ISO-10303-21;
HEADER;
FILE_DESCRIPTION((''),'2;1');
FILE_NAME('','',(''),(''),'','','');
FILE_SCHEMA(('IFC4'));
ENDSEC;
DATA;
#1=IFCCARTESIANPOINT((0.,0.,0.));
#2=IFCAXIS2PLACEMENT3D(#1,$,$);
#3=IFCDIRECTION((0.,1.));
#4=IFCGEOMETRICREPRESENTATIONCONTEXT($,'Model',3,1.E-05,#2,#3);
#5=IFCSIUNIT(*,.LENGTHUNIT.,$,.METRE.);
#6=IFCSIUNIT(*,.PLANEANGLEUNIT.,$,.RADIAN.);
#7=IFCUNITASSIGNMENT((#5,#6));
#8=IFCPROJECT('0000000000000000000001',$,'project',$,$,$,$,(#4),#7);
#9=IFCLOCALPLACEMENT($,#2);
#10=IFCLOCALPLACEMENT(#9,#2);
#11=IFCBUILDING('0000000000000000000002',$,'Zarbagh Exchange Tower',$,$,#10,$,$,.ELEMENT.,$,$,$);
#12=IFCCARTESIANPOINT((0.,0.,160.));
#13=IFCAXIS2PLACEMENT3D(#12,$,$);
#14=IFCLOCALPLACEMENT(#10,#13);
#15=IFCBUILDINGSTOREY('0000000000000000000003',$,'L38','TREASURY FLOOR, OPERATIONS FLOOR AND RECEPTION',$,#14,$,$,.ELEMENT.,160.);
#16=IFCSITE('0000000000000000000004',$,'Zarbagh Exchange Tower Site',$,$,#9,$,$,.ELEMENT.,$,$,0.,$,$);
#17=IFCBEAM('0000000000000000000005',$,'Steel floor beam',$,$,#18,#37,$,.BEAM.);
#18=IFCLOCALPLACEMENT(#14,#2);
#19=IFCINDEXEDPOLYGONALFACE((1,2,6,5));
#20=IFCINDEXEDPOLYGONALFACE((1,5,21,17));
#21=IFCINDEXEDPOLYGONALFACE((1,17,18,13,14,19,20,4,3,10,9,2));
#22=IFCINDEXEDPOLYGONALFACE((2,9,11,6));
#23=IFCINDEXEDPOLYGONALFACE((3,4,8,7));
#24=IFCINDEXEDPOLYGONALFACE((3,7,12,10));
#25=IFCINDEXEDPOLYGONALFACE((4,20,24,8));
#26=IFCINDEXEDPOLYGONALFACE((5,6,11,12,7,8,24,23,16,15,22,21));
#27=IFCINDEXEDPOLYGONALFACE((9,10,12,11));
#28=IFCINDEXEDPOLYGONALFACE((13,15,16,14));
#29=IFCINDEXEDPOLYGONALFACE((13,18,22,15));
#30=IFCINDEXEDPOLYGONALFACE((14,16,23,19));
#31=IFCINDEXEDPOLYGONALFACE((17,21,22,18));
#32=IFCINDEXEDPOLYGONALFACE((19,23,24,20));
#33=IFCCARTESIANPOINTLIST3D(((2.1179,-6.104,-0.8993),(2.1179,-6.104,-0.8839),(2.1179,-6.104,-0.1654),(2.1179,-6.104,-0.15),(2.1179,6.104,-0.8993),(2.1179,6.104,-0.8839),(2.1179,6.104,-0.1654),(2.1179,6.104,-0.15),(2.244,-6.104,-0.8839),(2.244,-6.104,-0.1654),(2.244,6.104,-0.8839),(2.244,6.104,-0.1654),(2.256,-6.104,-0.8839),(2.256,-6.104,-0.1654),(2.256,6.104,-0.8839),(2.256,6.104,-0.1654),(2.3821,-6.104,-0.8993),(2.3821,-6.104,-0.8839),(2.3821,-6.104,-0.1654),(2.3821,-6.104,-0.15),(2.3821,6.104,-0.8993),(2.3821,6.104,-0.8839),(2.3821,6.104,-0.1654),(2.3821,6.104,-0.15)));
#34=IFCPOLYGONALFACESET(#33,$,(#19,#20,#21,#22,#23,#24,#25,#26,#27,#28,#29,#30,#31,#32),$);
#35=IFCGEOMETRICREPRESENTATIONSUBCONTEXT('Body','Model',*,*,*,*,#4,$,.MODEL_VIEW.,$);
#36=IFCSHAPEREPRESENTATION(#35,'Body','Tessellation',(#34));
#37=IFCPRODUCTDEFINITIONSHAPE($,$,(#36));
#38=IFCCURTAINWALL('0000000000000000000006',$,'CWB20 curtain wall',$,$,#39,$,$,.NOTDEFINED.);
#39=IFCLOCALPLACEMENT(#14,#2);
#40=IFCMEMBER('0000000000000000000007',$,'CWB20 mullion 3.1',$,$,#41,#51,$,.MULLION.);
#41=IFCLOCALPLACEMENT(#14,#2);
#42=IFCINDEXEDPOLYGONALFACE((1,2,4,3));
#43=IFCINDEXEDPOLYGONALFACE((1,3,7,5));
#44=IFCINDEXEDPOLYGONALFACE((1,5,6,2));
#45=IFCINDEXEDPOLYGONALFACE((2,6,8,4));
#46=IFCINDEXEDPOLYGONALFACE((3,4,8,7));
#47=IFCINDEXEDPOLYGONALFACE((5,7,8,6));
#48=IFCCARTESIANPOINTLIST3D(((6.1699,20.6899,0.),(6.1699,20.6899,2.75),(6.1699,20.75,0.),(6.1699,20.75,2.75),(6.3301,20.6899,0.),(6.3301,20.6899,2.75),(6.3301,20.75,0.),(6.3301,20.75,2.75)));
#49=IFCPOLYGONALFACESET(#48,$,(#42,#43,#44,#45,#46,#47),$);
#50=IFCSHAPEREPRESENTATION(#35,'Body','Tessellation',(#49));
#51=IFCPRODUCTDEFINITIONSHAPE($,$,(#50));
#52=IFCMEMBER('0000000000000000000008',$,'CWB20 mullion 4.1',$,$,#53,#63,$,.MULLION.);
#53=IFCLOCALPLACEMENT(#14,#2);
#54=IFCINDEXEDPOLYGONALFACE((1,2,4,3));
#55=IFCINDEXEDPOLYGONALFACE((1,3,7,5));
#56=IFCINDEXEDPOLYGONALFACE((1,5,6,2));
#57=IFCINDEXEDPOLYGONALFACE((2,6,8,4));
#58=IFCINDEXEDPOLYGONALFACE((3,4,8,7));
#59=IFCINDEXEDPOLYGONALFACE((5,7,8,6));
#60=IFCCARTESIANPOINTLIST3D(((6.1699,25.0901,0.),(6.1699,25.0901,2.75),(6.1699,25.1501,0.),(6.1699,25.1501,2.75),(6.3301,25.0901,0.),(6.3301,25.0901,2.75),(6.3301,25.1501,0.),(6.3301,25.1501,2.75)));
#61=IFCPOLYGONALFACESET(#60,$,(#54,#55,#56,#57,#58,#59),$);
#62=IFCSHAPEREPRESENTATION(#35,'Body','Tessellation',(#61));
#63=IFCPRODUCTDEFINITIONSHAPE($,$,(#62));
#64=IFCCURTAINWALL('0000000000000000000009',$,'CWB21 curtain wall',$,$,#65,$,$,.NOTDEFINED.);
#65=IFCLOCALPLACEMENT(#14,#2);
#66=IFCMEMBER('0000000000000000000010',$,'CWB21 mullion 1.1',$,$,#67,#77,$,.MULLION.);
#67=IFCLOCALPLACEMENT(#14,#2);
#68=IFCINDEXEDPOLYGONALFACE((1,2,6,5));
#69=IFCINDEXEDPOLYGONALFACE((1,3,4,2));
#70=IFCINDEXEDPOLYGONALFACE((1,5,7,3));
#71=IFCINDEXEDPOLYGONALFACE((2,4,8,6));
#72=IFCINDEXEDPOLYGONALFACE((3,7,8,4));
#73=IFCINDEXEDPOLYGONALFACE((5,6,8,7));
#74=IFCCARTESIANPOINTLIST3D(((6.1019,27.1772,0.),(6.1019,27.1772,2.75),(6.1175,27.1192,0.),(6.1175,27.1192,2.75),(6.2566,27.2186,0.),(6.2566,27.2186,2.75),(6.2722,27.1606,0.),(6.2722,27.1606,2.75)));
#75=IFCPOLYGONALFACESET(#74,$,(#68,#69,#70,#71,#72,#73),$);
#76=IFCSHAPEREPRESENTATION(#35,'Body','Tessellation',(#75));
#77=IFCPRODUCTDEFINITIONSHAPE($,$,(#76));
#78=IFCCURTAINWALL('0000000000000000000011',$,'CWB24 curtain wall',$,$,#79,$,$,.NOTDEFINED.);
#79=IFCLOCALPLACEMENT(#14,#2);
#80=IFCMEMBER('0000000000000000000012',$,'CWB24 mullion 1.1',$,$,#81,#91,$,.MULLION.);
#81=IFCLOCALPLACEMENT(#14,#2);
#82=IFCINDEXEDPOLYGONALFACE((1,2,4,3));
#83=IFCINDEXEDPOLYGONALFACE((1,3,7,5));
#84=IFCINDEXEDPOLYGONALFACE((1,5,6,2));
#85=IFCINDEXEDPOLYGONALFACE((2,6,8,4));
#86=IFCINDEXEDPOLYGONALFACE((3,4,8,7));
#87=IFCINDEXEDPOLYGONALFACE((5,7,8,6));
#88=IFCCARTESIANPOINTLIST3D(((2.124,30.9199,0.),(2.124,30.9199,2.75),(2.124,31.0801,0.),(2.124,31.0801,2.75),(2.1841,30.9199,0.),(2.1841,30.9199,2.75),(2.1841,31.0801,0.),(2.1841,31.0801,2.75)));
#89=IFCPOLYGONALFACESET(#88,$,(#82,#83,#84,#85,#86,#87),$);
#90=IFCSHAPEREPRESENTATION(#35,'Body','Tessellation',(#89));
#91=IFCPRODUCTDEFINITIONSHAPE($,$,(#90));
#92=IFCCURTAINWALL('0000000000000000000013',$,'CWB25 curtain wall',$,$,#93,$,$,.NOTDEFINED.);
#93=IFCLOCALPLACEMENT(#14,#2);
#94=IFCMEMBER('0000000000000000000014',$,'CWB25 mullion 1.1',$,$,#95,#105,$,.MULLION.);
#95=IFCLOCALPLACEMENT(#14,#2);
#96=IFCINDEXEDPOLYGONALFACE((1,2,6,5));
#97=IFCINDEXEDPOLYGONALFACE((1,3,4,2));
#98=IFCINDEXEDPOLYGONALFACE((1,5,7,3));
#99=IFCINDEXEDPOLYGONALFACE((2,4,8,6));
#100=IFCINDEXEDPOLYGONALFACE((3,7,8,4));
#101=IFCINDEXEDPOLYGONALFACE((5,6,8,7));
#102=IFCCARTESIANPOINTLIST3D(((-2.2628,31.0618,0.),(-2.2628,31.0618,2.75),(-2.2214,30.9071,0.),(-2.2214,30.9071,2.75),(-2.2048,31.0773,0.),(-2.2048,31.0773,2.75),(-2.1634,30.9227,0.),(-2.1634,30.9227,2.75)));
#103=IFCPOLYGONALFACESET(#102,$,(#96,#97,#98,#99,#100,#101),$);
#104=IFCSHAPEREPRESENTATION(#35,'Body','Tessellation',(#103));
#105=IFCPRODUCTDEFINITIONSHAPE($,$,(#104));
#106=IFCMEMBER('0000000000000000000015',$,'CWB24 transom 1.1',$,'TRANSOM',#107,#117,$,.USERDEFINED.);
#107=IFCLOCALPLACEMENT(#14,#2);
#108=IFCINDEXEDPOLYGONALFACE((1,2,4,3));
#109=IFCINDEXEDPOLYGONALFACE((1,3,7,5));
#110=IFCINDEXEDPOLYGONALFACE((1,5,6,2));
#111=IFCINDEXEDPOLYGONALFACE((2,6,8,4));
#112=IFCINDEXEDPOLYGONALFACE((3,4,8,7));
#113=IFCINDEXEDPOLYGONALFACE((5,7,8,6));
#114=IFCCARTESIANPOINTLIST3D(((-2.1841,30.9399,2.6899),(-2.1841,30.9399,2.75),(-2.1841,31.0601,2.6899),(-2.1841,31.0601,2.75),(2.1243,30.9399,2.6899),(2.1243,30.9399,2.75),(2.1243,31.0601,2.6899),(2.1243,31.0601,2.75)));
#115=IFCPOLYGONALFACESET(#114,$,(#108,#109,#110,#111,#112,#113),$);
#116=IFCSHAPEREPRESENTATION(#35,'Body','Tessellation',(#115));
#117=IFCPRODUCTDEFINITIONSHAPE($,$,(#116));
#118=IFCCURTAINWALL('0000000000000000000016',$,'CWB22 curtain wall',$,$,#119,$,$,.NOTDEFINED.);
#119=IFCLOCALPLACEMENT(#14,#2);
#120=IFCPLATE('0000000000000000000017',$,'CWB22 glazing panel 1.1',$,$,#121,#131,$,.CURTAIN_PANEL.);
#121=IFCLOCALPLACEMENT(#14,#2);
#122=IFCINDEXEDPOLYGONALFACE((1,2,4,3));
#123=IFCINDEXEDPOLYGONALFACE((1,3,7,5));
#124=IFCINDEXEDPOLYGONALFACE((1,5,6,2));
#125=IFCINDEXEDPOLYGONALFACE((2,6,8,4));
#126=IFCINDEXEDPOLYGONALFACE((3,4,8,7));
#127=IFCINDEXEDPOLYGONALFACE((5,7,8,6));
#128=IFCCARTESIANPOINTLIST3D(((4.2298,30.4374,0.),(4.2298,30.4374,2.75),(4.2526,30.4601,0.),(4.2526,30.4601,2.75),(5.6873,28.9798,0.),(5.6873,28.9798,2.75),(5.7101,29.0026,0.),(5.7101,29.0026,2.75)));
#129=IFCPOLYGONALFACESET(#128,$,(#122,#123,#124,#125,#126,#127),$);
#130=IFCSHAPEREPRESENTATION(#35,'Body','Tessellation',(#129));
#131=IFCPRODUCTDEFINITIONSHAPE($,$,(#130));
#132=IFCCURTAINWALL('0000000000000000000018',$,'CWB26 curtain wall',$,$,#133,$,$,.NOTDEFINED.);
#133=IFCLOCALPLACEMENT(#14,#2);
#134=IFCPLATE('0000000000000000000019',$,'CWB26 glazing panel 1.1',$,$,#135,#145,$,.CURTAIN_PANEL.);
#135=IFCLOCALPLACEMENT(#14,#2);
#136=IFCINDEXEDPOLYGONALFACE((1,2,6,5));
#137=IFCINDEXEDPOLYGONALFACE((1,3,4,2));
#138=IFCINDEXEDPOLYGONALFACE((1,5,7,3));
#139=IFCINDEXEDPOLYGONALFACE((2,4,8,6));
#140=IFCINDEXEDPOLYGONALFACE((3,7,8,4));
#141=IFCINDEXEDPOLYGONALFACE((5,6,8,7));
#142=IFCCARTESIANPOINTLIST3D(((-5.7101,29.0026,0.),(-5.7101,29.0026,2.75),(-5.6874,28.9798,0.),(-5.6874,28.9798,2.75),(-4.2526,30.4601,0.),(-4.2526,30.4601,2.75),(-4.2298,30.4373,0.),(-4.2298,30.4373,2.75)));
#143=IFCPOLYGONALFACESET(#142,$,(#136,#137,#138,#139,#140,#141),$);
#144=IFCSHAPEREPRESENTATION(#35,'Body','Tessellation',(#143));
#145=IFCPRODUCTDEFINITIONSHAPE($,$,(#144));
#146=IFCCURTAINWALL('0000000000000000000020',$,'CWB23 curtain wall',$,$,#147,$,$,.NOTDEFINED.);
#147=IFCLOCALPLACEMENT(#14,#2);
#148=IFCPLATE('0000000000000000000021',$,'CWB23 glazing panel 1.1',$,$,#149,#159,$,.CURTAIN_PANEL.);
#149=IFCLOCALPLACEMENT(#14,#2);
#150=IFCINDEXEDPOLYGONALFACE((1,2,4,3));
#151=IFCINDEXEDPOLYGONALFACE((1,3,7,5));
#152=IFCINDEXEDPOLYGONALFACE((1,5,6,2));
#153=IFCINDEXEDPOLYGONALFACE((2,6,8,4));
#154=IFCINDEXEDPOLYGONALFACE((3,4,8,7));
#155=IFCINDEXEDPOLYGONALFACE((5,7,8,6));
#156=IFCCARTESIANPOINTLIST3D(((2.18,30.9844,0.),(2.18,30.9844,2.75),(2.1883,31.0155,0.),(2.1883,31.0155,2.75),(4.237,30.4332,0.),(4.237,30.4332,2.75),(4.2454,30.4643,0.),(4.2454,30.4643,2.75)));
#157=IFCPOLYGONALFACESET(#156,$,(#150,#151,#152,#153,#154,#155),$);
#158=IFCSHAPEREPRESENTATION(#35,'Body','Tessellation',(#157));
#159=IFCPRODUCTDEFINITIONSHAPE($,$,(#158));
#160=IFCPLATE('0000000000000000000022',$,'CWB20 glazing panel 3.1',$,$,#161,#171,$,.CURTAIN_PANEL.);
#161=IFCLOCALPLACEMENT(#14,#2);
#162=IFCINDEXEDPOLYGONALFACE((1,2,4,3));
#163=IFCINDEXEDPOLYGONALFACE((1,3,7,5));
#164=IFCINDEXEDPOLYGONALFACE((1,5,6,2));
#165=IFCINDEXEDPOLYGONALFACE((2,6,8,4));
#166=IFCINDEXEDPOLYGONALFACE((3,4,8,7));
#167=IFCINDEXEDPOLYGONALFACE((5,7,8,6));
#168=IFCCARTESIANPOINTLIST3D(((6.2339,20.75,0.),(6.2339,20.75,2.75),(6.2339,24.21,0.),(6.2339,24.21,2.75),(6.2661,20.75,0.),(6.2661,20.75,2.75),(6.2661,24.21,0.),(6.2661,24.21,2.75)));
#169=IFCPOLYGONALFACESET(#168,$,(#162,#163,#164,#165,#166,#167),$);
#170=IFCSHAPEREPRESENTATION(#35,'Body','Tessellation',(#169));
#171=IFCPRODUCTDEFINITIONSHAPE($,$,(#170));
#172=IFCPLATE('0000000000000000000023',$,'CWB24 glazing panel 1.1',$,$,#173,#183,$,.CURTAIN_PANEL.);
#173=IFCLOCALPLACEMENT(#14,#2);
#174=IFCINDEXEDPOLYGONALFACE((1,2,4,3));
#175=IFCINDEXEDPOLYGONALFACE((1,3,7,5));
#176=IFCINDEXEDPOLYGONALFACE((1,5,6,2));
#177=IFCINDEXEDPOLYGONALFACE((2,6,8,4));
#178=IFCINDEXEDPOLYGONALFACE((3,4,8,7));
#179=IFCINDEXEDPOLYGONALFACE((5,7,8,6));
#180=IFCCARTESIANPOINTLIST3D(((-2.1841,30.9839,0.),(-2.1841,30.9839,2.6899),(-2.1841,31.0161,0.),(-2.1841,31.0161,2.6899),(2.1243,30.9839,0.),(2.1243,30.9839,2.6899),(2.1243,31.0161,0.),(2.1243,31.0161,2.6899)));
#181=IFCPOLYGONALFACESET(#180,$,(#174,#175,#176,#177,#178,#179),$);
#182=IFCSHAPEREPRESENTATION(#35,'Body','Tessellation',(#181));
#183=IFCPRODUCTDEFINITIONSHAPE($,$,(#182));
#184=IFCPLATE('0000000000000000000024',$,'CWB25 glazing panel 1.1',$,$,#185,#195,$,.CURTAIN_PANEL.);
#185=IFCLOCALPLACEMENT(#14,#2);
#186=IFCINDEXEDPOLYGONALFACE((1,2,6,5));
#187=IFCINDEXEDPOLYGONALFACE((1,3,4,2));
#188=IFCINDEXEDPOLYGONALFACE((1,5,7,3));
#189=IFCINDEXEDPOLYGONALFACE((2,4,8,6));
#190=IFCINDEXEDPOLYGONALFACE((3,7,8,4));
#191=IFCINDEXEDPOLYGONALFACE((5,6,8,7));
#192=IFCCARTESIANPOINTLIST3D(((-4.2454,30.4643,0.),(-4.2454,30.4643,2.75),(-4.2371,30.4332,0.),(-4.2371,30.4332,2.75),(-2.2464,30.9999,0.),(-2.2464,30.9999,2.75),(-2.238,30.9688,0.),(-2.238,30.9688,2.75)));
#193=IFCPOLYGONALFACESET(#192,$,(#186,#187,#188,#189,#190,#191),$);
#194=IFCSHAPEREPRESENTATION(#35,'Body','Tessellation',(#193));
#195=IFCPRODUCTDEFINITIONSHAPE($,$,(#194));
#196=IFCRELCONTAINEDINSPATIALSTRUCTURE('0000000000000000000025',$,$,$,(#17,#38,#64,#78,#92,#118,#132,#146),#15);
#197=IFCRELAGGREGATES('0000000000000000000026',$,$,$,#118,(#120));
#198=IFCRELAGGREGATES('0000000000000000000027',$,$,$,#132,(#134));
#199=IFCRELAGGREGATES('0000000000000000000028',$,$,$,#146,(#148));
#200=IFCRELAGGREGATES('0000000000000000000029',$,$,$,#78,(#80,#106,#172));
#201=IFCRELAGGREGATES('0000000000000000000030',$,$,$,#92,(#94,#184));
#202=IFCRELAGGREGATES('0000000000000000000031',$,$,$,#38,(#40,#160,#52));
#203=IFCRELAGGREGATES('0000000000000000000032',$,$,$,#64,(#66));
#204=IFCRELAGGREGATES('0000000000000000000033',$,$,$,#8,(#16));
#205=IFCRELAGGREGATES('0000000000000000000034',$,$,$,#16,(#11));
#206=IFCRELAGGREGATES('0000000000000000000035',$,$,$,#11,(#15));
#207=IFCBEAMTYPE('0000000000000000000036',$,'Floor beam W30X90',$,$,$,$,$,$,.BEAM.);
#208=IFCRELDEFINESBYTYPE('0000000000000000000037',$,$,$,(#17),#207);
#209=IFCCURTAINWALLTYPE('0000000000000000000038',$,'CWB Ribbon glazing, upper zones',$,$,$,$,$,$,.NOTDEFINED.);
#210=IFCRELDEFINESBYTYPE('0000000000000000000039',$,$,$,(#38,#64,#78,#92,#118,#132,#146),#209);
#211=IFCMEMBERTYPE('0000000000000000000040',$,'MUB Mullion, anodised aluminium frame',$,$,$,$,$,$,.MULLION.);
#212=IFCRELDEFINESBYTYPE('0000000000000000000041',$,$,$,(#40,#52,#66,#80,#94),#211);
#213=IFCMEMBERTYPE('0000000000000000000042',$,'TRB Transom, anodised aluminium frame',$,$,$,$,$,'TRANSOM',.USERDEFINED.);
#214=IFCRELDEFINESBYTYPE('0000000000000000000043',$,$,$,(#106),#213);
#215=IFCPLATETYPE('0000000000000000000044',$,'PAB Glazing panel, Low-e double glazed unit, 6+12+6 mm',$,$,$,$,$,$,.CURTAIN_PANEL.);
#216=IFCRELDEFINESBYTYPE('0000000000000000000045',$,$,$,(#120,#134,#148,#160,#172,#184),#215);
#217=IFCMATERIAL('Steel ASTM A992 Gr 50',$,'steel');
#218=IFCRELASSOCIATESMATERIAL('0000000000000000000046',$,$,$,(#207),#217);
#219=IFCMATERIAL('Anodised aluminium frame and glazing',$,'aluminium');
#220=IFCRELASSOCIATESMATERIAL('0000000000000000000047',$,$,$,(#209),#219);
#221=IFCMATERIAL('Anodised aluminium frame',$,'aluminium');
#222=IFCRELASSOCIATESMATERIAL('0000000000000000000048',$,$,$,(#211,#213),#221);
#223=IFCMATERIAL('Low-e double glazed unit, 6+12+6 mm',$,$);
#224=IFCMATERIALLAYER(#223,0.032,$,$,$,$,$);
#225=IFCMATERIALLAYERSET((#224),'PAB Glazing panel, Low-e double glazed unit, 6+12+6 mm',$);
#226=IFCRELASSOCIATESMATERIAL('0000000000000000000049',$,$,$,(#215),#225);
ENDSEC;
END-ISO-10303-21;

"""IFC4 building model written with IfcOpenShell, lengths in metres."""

from ifc_helpers import new_model, si_unit, direction, frame, origin, origin_2d, place, context, subcontext, project, spatial, polyline, i_section, outline, extrude, source, transform, mapped, material, layer, layer_set, material_profile, profile_set, type_object, element, aggregate, save


model = new_model("IFC4")

# Units and contexts
model_context = context("Model", 3, precision=1e-05, world=origin(), true_north=direction((0.0, 1.0)))
body_context = subcontext(model_context, "Body", "Model", "MODEL_VIEW")
ifc_project = project(units=[si_unit("LENGTHUNIT", "METRE"), si_unit("PLANEANGLEUNIT", "RADIAN")], contexts=[model_context])

# Site, building, storey
site_placement = place(None, origin())
site = spatial("IfcSite", under=ifc_project, at=site_placement, Name="Zarbagh Exchange Tower Site", CompositionType="ELEMENT", RefElevation=0.0)
building_placement = place(site_placement, origin())
building = spatial("IfcBuilding", under=site, at=building_placement, Name="Zarbagh Exchange Tower", CompositionType="ELEMENT")
storey_placement = place(building_placement, frame((0.0, 0.0, 160.0)))
storey = spatial("IfcBuildingStorey", under=building, at=storey_placement, Name="L38", Description="TREASURY FLOOR, OPERATIONS FLOOR AND RECEPTION", CompositionType="ELEMENT", Elevation=160.0)

# Beam
ifc_material_1 = material(Name="Steel ASTM A992 Gr 50", Category="steel")
ifc_material_profile = material_profile(ifc_material_1, i_section(OverallWidth=0.2642, OverallDepth=0.7493, WebThickness=0.012, FlangeThickness=0.0154, at=origin_2d()), Name="W30X90")
ifc_profile_set = profile_set([ifc_material_profile], Name="Steel ASTM A992 Gr 50")
beam_type = type_object("IfcBeamType", Name="Floor beam W30X90", PredefinedType="BEAM", material=ifc_profile_set)
beam_placement = place(storey_placement, frame((2.25, -6.104, -0.5247), z_axis=(0.0, 1.0, 0.0), x_axis=(-1.0, 0.0, 0.0)))
element("IfcBeam", 1, at=beam_placement, inside=storey, type_object=beam_type, Name="Steel floor beam", PredefinedType="BEAM", context=body_context, shape_type="SweptSolid", body=[
    extrude(i_section(OverallWidth=0.2642, OverallDepth=0.7493, WebThickness=0.012, FlangeThickness=0.0154, at=origin_2d()), origin(), (0.0, 0.0, 1.0), 12.208),
])

# Curtain wall, members
ifc_material_2 = material(Name="Anodised aluminium frame and glazing", Category="aluminium")
curtain_wall_type = type_object("IfcCurtainWallType", Name="CWB Ribbon glazing, upper zones", PredefinedType="NOTDEFINED", material=ifc_material_2)
curtain_wall_1_placement = place(storey_placement, origin())
curtain_wall_1 = element("IfcCurtainWall", 2, at=curtain_wall_1_placement, inside=storey, type_object=curtain_wall_type, Name="CWB20 curtain wall", PredefinedType="NOTDEFINED")
ifc_material_3 = material(Name="Anodised aluminium frame", Category="aluminium")
member_type_1 = type_object("IfcMemberType", Name="MUB Mullion, anodised aluminium frame", PredefinedType="MULLION", material=ifc_material_3)
shared_shape_1 = source(origin(), body_context, "Body", "SweptSolid", [
    extrude(outline(polyline([(0.0, -0.0801), (0.0601, -0.0801), (0.0601, 0.0801), (0.0, 0.0801), (0.0, -0.0801)])), origin(), (0.0, 0.0, 1.0), 2.75),
])
placement = place(storey_placement, origin())
member_1 = element("IfcMember", 3, at=placement, type_object=member_type_1, Name="CWB20 mullion 3.1", PredefinedType="MULLION", context=body_context, shape_type="MappedRepresentation", body=[
    mapped(shared_shape_1, transform((6.25, 20.6899, 0.0), x_axis=(0.0, 1.0, 0.0), y_axis=(-1.0, 0.0, 0.0), z_axis=(0.0, 0.0, 1.0))),
])
member_2 = element("IfcMember", 4, at=placement, type_object=member_type_1, Name="CWB20 mullion 4.1", PredefinedType="MULLION", context=body_context, shape_type="MappedRepresentation", body=[
    mapped(shared_shape_1, transform((6.25, 25.0901, 0.0), x_axis=(0.0, 1.0, 0.0), y_axis=(-1.0, 0.0, 0.0), z_axis=(0.0, 0.0, 1.0))),
])

# Curtain walls, members
curtain_wall_2_placement = place(storey_placement, origin())
curtain_wall_2 = element("IfcCurtainWall", 5, at=curtain_wall_2_placement, inside=storey, type_object=curtain_wall_type, Name="CWB21 curtain wall", PredefinedType="NOTDEFINED")
member_3 = element("IfcMember", 6, at=placement, type_object=member_type_1, Name="CWB21 mullion 1.1", PredefinedType="MULLION", context=body_context, shape_type="MappedRepresentation", body=[
    mapped(shared_shape_1, transform((6.1948, 27.1399, 0.0), x_axis=(-0.258825, 0.965924, 0.0), y_axis=(-0.965924, -0.258825, 0.0), z_axis=(0.0, 0.0, 1.0))),
])
curtain_wall_3_placement = place(storey_placement, origin())
curtain_wall_3 = element("IfcCurtainWall", 7, at=curtain_wall_3_placement, inside=storey, type_object=curtain_wall_type, Name="CWB24 curtain wall", PredefinedType="NOTDEFINED")
member_4 = element("IfcMember", 8, at=placement, type_object=member_type_1, Name="CWB24 mullion 1.1", PredefinedType="MULLION", context=body_context, shape_type="MappedRepresentation", body=[
    mapped(shared_shape_1, transform((2.1841, 31.0, 0.0), x_axis=(-1.0, 0.0, 0.0), y_axis=(0.0, -1.0, 0.0), z_axis=(0.0, 0.0, 1.0))),
])
curtain_wall_4_placement = place(storey_placement, origin())
curtain_wall_4 = element("IfcCurtainWall", 9, at=curtain_wall_4_placement, inside=storey, type_object=curtain_wall_type, Name="CWB25 curtain wall", PredefinedType="NOTDEFINED")
member_5 = element("IfcMember", 10, at=placement, type_object=member_type_1, Name="CWB25 mullion 1.1", PredefinedType="MULLION", context=body_context, shape_type="MappedRepresentation", body=[
    mapped(shared_shape_1, transform((-2.1841, 31.0, 0.0), x_axis=(-0.965924, -0.258825, 0.0), y_axis=(0.258825, -0.965924, 0.0), z_axis=(0.0, 0.0, 1.0))),
])

# Member
member_type_2 = type_object("IfcMemberType", Name="TRB Transom, anodised aluminium frame", ElementType="TRANSOM", PredefinedType="USERDEFINED", material=ifc_material_3)
shared_shape_2 = source(origin(), body_context, "Body", "SweptSolid", [
    extrude(outline(polyline([(-0.0601, -0.0601), (0.0, -0.0601), (0.0, 0.0601), (-0.0601, 0.0601), (-0.0601, -0.0601)])), origin(), (0.0, 0.0, 1.0), 4.3083),
])
member_6 = element("IfcMember", 11, at=placement, type_object=member_type_2, Name="CWB24 transom 1.1", ObjectType="TRANSOM", PredefinedType="USERDEFINED", context=body_context, shape_type="MappedRepresentation", body=[
    mapped(shared_shape_2, transform((2.1243, 31.0, 2.75), x_axis=(0.0, 0.0, 1.0), y_axis=(0.0, 1.0, 0.0), z_axis=(-1.0, 0.0, 0.0))),
])

# Curtain walls, plates
curtain_wall_5_placement = place(storey_placement, origin())
curtain_wall_5 = element("IfcCurtainWall", 12, at=curtain_wall_5_placement, inside=storey, type_object=curtain_wall_type, Name="CWB22 curtain wall", PredefinedType="NOTDEFINED")
ifc_material_4 = material(Name="Low-e double glazed unit, 6+12+6 mm")
ifc_layer_1 = layer(ifc_material_4, 0.032)
ifc_layer_set_1 = layer_set([ifc_layer_1], Name="PAB Glazing panel, Low-e double glazed unit, 6+12+6 mm")
plate_type = type_object("IfcPlateType", Name="PAB Glazing panel, Low-e double glazed unit, 6+12+6 mm", PredefinedType="CURTAIN_PANEL", material=ifc_layer_set_1)
shared_shape_3 = source(origin(), body_context, "Body", "SweptSolid", [
    extrude(outline(polyline([(0.0, -0.0161), (2.0613, -0.0161), (2.0613, 0.0161), (0.0, 0.0161), (0.0, -0.0161)])), origin(), (0.0, 0.0, 1.0), 2.75),
])
plate_1 = element("IfcPlate", 13, at=placement, type_object=plate_type, Name="CWB22 glazing panel 1.1", PredefinedType="CURTAIN_PANEL", context=body_context, shape_type="MappedRepresentation", body=[
    mapped(shared_shape_3, transform((5.6987, 28.9912, 0.0), x_axis=(-0.707107, 0.707107, 0.0), y_axis=(-0.707107, -0.707107, 0.0), z_axis=(0.0, 0.0, 1.0))),
])
aggregate(curtain_wall_5, [plate_1])
curtain_wall_6_placement = place(storey_placement, origin())
curtain_wall_6 = element("IfcCurtainWall", 14, at=curtain_wall_6_placement, inside=storey, type_object=curtain_wall_type, Name="CWB26 curtain wall", PredefinedType="NOTDEFINED")
plate_2 = element("IfcPlate", 15, at=placement, type_object=plate_type, Name="CWB26 glazing panel 1.1", PredefinedType="CURTAIN_PANEL", context=body_context, shape_type="MappedRepresentation", body=[
    mapped(shared_shape_3, transform((-4.2412, 30.4487, 0.0), x_axis=(-0.707107, -0.707107, 0.0), y_axis=(0.707107, -0.707107, 0.0), z_axis=(0.0, 0.0, 1.0))),
])
aggregate(curtain_wall_6, [plate_2])
curtain_wall_7_placement = place(storey_placement, origin())
curtain_wall_7 = element("IfcCurtainWall", 16, at=curtain_wall_7_placement, inside=storey, type_object=curtain_wall_type, Name="CWB23 curtain wall", PredefinedType="NOTDEFINED")
shared_shape_4 = source(origin(), body_context, "Body", "SweptSolid", [
    extrude(outline(polyline([(0.0, -0.0161), (2.1296, -0.0161), (2.1296, 0.0161), (0.0, 0.0161), (0.0, -0.0161)])), origin(), (0.0, 0.0, 1.0), 2.75),
])
plate_3 = element("IfcPlate", 17, at=placement, type_object=plate_type, Name="CWB23 glazing panel 1.1", PredefinedType="CURTAIN_PANEL", context=body_context, shape_type="MappedRepresentation", body=[
    mapped(shared_shape_4, transform((4.2412, 30.4487, 0.0), x_axis=(-0.965924, 0.258825, 0.0), y_axis=(-0.258825, -0.965924, 0.0), z_axis=(0.0, 0.0, 1.0))),
])
aggregate(curtain_wall_7, [plate_3])

# Plates
shared_shape_5 = source(origin(), body_context, "Body", "SweptSolid", [
    extrude(outline(polyline([(0.0, -0.0161), (3.46, -0.0161), (3.46, 0.0161), (0.0, 0.0161), (0.0, -0.0161)])), origin(), (0.0, 0.0, 1.0), 2.75),
])
plate_4 = element("IfcPlate", 18, at=placement, type_object=plate_type, Name="CWB20 glazing panel 3.1", PredefinedType="CURTAIN_PANEL", context=body_context, shape_type="MappedRepresentation", body=[
    mapped(shared_shape_5, transform((6.25, 20.75, 0.0), x_axis=(0.0, 1.0, 0.0), y_axis=(-1.0, 0.0, 0.0), z_axis=(0.0, 0.0, 1.0))),
])
shared_shape_6 = source(origin(), body_context, "Body", "SweptSolid", [
    extrude(outline(polyline([(0.0, -0.0161), (4.3083, -0.0161), (4.3083, 0.0161), (0.0, 0.0161), (0.0, -0.0161)])), origin(), (0.0, 0.0, 1.0), 2.6899),
])
plate_5 = element("IfcPlate", 19, at=placement, type_object=plate_type, Name="CWB24 glazing panel 1.1", PredefinedType="CURTAIN_PANEL", context=body_context, shape_type="MappedRepresentation", body=[
    mapped(shared_shape_6, transform((2.1243, 31.0, 0.0), x_axis=(-1.0, 0.0, 0.0), y_axis=(0.0, -1.0, 0.0), z_axis=(0.0, 0.0, 1.0))),
])
aggregate(curtain_wall_3, [member_4, member_6, plate_5])
shared_shape_7 = source(origin(), body_context, "Body", "SweptSolid", [
    extrude(outline(polyline([(0.0, -0.0161), (2.0696, -0.0161), (2.0696, 0.0161), (0.0, 0.0161), (0.0, -0.0161)])), origin(), (0.0, 0.0, 1.0), 2.75),
])
plate_6 = element("IfcPlate", 20, at=placement, type_object=plate_type, Name="CWB25 glazing panel 1.1", PredefinedType="CURTAIN_PANEL", context=body_context, shape_type="MappedRepresentation", body=[
    mapped(shared_shape_7, transform((-2.2422, 30.9844, 0.0), x_axis=(-0.965924, -0.258825, 0.0), y_axis=(0.258825, -0.965924, 0.0), z_axis=(0.0, 0.0, 1.0))),
])
aggregate(curtain_wall_4, [member_5, plate_6])
aggregate(curtain_wall_1, [member_1, plate_4, member_2])
aggregate(curtain_wall_2, [member_3])

save(model, "model.ifc")
